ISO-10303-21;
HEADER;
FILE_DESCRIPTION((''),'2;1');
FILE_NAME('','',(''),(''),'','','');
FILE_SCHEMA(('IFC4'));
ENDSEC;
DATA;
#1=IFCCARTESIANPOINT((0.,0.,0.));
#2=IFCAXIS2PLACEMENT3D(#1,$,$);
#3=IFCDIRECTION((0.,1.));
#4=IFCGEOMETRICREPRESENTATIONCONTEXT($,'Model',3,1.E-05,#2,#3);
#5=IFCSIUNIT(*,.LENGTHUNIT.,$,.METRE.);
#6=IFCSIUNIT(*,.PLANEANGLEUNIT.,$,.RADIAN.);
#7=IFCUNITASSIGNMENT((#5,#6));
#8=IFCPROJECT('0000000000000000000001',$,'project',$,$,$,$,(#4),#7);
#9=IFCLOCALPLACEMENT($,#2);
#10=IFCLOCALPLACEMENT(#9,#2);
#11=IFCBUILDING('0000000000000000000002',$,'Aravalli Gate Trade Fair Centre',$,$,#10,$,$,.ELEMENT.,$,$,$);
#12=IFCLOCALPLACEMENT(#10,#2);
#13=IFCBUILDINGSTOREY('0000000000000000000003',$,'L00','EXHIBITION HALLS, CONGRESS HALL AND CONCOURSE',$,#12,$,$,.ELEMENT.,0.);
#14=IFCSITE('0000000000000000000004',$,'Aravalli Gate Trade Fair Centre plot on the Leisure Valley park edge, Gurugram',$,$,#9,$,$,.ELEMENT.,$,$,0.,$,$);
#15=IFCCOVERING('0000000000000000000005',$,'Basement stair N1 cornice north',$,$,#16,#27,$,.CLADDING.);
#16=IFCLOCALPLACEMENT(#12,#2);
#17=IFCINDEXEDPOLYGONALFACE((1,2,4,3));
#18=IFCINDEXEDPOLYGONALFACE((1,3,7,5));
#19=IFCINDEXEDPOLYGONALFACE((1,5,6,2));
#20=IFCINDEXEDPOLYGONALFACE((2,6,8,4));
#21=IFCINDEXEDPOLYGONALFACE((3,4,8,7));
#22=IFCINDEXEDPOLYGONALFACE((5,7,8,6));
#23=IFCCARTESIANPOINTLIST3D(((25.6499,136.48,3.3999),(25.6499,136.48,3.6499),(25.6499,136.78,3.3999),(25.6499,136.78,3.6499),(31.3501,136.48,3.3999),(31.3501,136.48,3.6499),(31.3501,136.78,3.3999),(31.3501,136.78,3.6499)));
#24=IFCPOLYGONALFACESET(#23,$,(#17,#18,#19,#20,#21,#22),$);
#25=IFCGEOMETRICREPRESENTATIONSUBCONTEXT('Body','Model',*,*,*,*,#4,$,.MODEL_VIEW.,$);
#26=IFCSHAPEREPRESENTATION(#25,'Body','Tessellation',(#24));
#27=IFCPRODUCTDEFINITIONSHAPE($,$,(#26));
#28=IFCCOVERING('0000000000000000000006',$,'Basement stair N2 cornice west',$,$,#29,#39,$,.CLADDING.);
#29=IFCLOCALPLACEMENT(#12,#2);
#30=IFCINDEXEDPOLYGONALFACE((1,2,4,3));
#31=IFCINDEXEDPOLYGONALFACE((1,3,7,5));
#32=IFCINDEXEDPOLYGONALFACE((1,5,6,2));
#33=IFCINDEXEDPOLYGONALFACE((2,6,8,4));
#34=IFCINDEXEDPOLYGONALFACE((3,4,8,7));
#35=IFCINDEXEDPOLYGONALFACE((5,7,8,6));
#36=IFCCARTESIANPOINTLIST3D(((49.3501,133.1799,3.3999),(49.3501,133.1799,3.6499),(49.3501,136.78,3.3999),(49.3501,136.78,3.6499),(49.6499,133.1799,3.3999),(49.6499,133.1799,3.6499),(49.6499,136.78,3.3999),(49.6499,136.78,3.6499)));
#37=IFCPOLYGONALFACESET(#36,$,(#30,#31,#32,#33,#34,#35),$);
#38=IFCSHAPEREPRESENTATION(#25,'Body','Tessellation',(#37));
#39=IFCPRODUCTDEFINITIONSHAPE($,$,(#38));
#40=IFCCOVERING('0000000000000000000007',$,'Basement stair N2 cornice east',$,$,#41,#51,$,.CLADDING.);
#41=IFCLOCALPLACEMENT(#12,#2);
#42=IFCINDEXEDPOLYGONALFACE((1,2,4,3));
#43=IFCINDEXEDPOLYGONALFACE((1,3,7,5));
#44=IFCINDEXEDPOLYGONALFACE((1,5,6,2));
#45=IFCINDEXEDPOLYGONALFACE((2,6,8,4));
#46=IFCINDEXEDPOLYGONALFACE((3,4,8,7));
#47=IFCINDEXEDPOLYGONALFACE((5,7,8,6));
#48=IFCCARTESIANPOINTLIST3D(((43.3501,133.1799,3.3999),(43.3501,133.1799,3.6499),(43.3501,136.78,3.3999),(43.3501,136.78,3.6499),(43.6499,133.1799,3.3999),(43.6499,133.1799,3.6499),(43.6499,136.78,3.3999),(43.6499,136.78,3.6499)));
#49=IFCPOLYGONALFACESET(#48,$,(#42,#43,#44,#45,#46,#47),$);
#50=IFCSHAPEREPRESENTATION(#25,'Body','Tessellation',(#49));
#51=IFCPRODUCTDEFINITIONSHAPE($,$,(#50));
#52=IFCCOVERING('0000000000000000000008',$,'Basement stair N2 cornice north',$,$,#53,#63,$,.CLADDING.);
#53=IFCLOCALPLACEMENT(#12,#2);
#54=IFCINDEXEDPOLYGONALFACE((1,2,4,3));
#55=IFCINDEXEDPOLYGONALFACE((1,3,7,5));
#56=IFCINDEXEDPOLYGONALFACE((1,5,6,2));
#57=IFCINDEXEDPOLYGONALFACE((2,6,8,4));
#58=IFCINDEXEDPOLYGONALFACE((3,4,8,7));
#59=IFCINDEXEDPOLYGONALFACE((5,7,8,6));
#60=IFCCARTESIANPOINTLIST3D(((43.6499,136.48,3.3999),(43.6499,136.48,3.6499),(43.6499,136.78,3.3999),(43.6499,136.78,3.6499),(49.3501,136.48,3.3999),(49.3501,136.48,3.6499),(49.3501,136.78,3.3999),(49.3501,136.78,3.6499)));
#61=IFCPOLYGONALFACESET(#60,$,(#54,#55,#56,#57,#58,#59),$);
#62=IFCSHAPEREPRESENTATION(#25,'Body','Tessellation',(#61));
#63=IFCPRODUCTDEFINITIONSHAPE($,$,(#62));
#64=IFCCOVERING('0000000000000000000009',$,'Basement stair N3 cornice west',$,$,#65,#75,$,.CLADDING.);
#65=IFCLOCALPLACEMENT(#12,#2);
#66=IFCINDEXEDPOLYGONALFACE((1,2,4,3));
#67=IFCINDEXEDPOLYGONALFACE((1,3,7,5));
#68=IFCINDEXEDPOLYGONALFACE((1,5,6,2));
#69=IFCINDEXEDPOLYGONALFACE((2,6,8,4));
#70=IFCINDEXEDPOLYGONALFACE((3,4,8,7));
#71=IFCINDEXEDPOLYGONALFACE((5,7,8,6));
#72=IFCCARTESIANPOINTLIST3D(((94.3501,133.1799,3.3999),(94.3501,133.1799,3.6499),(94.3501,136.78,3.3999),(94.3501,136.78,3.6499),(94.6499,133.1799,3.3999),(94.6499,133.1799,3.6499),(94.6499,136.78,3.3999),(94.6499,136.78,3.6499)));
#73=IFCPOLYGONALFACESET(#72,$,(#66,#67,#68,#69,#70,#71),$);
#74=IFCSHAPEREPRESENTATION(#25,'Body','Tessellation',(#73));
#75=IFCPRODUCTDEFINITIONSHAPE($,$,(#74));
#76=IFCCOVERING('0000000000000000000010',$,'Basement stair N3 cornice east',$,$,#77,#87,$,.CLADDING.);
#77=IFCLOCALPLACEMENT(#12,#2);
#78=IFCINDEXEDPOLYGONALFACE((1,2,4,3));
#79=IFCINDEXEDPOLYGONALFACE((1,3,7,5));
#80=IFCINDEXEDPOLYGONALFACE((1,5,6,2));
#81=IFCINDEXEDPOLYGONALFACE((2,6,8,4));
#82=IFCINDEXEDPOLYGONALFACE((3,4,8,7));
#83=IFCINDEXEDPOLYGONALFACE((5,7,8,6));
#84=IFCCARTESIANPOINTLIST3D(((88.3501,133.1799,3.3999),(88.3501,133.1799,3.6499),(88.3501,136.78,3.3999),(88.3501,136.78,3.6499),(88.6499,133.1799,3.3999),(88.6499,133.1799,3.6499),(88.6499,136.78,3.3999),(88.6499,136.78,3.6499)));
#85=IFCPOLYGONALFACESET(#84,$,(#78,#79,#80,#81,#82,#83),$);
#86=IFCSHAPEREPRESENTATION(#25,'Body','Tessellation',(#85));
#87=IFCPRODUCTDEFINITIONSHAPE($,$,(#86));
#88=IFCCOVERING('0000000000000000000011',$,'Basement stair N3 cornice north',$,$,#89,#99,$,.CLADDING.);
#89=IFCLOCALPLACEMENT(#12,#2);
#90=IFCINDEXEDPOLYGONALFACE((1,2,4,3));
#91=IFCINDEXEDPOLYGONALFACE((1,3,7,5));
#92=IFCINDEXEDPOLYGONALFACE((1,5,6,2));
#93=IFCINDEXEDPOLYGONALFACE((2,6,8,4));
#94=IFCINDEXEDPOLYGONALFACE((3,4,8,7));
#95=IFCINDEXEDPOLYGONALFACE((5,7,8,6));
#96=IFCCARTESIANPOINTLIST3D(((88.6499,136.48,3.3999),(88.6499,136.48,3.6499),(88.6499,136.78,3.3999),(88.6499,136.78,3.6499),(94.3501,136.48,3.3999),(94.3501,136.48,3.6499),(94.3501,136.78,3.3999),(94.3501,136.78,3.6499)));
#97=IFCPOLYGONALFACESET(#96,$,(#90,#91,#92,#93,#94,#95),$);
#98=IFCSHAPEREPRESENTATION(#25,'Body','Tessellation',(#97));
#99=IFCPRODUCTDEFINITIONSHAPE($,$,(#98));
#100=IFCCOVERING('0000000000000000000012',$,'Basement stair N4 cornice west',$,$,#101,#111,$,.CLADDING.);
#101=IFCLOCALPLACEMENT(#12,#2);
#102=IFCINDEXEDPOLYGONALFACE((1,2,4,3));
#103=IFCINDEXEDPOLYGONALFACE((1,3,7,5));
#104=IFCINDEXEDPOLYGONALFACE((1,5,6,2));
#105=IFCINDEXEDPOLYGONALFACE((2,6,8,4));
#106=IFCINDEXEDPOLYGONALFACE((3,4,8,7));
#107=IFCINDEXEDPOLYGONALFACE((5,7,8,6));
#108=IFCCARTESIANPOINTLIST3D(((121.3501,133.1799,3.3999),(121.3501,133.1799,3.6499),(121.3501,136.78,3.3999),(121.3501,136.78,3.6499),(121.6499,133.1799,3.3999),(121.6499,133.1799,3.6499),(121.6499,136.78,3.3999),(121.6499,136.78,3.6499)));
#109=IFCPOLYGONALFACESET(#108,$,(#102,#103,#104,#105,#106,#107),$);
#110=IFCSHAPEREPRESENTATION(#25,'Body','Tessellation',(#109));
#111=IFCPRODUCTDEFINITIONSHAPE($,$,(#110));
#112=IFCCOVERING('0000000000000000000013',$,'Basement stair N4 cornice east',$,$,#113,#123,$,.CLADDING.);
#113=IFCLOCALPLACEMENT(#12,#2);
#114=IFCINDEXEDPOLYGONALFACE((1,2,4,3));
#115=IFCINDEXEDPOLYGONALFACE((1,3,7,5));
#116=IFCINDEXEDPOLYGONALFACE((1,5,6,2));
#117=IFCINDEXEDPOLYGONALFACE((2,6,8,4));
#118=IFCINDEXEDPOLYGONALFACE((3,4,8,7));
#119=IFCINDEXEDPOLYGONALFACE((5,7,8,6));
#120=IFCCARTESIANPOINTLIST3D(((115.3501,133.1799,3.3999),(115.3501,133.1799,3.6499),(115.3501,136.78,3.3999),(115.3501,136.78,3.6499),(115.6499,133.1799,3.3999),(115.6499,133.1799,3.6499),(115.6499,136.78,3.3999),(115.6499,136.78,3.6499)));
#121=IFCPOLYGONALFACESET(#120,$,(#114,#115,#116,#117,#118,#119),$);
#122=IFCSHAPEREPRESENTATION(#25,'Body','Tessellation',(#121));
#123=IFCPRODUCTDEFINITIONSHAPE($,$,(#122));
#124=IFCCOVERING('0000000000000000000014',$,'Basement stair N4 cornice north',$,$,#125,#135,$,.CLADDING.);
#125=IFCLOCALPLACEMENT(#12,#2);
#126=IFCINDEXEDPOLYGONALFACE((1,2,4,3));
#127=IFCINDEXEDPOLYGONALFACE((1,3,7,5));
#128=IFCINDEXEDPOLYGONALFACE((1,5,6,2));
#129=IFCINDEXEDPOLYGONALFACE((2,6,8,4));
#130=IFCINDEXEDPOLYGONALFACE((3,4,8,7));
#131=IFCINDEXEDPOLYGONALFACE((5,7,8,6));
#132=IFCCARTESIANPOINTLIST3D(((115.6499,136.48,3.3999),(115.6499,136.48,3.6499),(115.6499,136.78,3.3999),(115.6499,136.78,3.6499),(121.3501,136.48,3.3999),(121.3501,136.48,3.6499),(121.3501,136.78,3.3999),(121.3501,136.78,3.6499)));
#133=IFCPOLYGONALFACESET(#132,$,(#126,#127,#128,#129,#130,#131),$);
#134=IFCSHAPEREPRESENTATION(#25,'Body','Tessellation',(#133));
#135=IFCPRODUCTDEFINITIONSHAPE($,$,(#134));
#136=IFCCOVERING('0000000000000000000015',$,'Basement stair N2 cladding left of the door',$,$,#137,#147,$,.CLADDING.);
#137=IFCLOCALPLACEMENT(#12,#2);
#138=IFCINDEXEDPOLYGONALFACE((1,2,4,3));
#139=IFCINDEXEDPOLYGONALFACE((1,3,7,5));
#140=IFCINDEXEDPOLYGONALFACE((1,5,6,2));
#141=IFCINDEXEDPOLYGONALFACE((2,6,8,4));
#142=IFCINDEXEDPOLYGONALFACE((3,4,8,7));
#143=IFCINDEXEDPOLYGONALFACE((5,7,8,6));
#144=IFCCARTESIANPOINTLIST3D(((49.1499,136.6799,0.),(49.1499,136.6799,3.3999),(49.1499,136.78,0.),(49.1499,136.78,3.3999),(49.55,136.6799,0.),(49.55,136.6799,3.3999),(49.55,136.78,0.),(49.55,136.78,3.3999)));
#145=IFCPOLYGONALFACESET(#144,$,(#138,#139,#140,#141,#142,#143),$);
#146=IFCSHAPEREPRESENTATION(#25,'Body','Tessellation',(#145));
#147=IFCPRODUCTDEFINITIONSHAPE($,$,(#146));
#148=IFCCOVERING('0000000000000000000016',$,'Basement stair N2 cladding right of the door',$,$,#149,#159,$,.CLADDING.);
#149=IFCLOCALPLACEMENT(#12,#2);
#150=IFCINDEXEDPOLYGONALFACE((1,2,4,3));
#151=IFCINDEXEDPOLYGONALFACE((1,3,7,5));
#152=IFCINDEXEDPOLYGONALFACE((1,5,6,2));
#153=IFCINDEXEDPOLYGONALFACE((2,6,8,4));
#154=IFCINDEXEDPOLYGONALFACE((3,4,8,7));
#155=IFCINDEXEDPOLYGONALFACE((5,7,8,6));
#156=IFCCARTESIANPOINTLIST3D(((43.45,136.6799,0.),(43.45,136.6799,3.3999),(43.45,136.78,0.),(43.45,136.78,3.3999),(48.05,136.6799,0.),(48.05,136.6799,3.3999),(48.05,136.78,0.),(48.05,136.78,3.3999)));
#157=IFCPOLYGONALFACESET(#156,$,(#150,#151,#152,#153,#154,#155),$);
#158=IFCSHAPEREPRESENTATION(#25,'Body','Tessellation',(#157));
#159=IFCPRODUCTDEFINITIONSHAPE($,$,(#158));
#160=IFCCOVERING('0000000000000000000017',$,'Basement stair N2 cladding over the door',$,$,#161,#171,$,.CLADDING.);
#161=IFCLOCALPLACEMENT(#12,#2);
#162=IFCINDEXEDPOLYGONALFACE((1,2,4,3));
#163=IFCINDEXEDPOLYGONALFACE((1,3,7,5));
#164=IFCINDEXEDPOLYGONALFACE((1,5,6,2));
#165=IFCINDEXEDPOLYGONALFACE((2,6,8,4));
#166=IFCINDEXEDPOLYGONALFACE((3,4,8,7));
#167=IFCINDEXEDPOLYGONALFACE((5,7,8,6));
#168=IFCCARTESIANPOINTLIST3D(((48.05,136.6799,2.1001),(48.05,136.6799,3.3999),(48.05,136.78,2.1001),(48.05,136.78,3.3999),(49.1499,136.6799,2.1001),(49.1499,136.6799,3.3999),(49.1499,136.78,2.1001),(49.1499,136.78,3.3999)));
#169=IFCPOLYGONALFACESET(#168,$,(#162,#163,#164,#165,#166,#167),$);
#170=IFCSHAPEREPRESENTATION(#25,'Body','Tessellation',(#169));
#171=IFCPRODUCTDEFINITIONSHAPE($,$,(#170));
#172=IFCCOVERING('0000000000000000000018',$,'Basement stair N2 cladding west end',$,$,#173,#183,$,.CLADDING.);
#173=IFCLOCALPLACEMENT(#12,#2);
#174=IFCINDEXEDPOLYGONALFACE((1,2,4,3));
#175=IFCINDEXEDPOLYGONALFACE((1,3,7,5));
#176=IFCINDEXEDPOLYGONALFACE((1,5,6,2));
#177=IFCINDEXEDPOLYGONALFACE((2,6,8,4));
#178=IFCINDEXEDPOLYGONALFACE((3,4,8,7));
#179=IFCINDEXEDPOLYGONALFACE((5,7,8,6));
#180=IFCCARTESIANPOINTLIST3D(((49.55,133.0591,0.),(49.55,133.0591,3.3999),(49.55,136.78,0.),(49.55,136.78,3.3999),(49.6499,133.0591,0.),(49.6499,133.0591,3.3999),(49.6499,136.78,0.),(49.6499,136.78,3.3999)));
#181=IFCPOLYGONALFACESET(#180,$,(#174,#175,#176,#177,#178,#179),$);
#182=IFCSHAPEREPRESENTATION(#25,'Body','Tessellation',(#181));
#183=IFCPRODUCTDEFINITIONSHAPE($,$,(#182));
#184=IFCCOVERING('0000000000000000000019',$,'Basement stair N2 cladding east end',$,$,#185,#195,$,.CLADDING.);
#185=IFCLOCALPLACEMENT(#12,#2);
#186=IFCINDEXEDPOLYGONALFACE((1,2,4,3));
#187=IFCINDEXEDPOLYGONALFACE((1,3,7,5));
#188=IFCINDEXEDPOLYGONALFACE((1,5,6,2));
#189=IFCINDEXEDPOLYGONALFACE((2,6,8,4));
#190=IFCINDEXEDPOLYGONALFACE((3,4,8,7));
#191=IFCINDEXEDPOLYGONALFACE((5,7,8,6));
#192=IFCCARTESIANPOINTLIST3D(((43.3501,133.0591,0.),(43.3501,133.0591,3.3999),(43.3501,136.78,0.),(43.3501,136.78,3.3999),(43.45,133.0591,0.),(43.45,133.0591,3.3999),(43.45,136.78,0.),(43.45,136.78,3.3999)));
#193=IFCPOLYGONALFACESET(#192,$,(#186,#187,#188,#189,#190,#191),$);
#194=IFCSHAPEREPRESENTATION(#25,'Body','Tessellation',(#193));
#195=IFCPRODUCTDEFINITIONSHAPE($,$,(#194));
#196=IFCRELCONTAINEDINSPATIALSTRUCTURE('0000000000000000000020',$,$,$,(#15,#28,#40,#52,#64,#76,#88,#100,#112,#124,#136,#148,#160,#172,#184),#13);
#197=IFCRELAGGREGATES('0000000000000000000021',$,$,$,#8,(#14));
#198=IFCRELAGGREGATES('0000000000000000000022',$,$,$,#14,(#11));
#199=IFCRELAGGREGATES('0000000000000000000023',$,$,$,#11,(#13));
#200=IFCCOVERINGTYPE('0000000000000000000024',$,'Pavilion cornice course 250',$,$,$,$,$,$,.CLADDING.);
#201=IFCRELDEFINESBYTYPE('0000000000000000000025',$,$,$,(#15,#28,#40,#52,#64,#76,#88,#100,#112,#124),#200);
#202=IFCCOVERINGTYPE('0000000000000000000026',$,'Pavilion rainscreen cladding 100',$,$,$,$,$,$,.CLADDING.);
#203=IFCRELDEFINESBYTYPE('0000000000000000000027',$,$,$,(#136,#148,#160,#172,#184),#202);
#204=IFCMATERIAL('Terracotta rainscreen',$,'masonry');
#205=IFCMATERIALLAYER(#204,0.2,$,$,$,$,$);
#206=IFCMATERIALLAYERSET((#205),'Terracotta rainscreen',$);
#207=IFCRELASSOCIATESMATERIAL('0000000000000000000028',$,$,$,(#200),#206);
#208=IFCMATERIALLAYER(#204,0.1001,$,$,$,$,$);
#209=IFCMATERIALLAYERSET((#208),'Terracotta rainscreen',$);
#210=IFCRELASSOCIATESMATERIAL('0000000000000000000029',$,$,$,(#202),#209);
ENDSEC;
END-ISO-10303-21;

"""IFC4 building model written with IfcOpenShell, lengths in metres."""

from ifc_helpers import new_model, si_unit, direction, frame, origin, place, context, subcontext, project, spatial, polyline, outline, extrude, material, layer, layer_set, type_object, element, save


model = new_model("IFC4")

# Units and contexts
model_context = context("Model", 3, precision=1e-05, world=origin(), true_north=direction((0.0, 1.0)))
body_context = subcontext(model_context, "Body", "Model", "MODEL_VIEW")
ifc_project = project(units=[si_unit("LENGTHUNIT", "METRE"), si_unit("PLANEANGLEUNIT", "RADIAN")], contexts=[model_context])

# Site, building, storey
site_placement = place(None, origin())
site = spatial("IfcSite", under=ifc_project, at=site_placement, Name="Aravalli Gate Trade Fair Centre plot on the Leisure Valley park edge, Gurugram", CompositionType="ELEMENT", RefElevation=0.0)
building_placement = place(site_placement, origin())
building = spatial("IfcBuilding", under=site, at=building_placement, Name="Aravalli Gate Trade Fair Centre", CompositionType="ELEMENT")
storey_placement = place(building_placement, origin())
storey = spatial("IfcBuildingStorey", under=building, at=storey_placement, Name="L00", Description="EXHIBITION HALLS, CONGRESS HALL AND CONCOURSE", CompositionType="ELEMENT", Elevation=0.0)

# Coverings
ifc_material_1 = material(Name="Terracotta rainscreen", Category="masonry")
ifc_layer_1 = layer(ifc_material_1, 0.2)
ifc_layer_set_1 = layer_set([ifc_layer_1], Name="Terracotta rainscreen")
covering_type_1 = type_object("IfcCoveringType", Name="Pavilion cornice course 250", PredefinedType="CLADDING", material=ifc_layer_set_1)
covering_1_placement = place(storey_placement, frame((0.0, 0.0, 3.3999)))
element("IfcCovering", 1, at=covering_1_placement, inside=storey, type_object=covering_type_1, Name="Basement stair N1 cornice north", PredefinedType="CLADDING", context=body_context, shape_type="SweptSolid", body=[
    extrude(outline(polyline([(31.3501, 136.48), (25.6499, 136.48), (25.6499, 136.78), (31.3501, 136.78), (31.3501, 136.48)])), origin(), (0.0, 0.0, 1.0), 0.25),
])
covering_2_placement = place(storey_placement, frame((0.0, 0.0, 3.3999)))
element("IfcCovering", 2, at=covering_2_placement, inside=storey, type_object=covering_type_1, Name="Basement stair N2 cornice west", PredefinedType="CLADDING", context=body_context, shape_type="SweptSolid", body=[
    extrude(outline(polyline([(49.6499, 133.1799), (49.3501, 133.1799), (49.3501, 136.78), (49.6499, 136.78), (49.6499, 133.1799)])), origin(), (0.0, 0.0, 1.0), 0.25),
])
covering_3_placement = place(storey_placement, frame((0.0, 0.0, 3.3999)))
element("IfcCovering", 3, at=covering_3_placement, inside=storey, type_object=covering_type_1, Name="Basement stair N2 cornice east", PredefinedType="CLADDING", context=body_context, shape_type="SweptSolid", body=[
    extrude(outline(polyline([(43.6499, 133.1799), (43.3501, 133.1799), (43.3501, 136.78), (43.6499, 136.78), (43.6499, 133.1799)])), origin(), (0.0, 0.0, 1.0), 0.25),
])
covering_4_placement = place(storey_placement, frame((0.0, 0.0, 3.3999)))
element("IfcCovering", 4, at=covering_4_placement, inside=storey, type_object=covering_type_1, Name="Basement stair N2 cornice north", PredefinedType="CLADDING", context=body_context, shape_type="SweptSolid", body=[
    extrude(outline(polyline([(49.3501, 136.48), (43.6499, 136.48), (43.6499, 136.78), (49.3501, 136.78), (49.3501, 136.48)])), origin(), (0.0, 0.0, 1.0), 0.25),
])
covering_5_placement = place(storey_placement, frame((0.0, 0.0, 3.3999)))
element("IfcCovering", 5, at=covering_5_placement, inside=storey, type_object=covering_type_1, Name="Basement stair N3 cornice west", PredefinedType="CLADDING", context=body_context, shape_type="SweptSolid", body=[
    extrude(outline(polyline([(94.6499, 133.1799), (94.3501, 133.1799), (94.3501, 136.78), (94.6499, 136.78), (94.6499, 133.1799)])), origin(), (0.0, 0.0, 1.0), 0.25),
])
covering_6_placement = place(storey_placement, frame((0.0, 0.0, 3.3999)))
element("IfcCovering", 6, at=covering_6_placement, inside=storey, type_object=covering_type_1, Name="Basement stair N3 cornice east", PredefinedType="CLADDING", context=body_context, shape_type="SweptSolid", body=[
    extrude(outline(polyline([(88.6499, 133.1799), (88.3501, 133.1799), (88.3501, 136.78), (88.6499, 136.78), (88.6499, 133.1799)])), origin(), (0.0, 0.0, 1.0), 0.25),
])
covering_7_placement = place(storey_placement, frame((0.0, 0.0, 3.3999)))
element("IfcCovering", 7, at=covering_7_placement, inside=storey, type_object=covering_type_1, Name="Basement stair N3 cornice north", PredefinedType="CLADDING", context=body_context, shape_type="SweptSolid", body=[
    extrude(outline(polyline([(94.3501, 136.48), (88.6499, 136.48), (88.6499, 136.78), (94.3501, 136.78), (94.3501, 136.48)])), origin(), (0.0, 0.0, 1.0), 0.25),
])
covering_8_placement = place(storey_placement, frame((0.0, 0.0, 3.3999)))
element("IfcCovering", 8, at=covering_8_placement, inside=storey, type_object=covering_type_1, Name="Basement stair N4 cornice west", PredefinedType="CLADDING", context=body_context, shape_type="SweptSolid", body=[
    extrude(outline(polyline([(121.6499, 133.1799), (121.3501, 133.1799), (121.3501, 136.78), (121.6499, 136.78), (121.6499, 133.1799)])), origin(), (0.0, 0.0, 1.0), 0.25),
])
covering_9_placement = place(storey_placement, frame((0.0, 0.0, 3.3999)))
element("IfcCovering", 9, at=covering_9_placement, inside=storey, type_object=covering_type_1, Name="Basement stair N4 cornice east", PredefinedType="CLADDING", context=body_context, shape_type="SweptSolid", body=[
    extrude(outline(polyline([(115.6499, 133.1799), (115.3501, 133.1799), (115.3501, 136.78), (115.6499, 136.78), (115.6499, 133.1799)])), origin(), (0.0, 0.0, 1.0), 0.25),
])
covering_10_placement = place(storey_placement, frame((0.0, 0.0, 3.3999)))
element("IfcCovering", 10, at=covering_10_placement, inside=storey, type_object=covering_type_1, Name="Basement stair N4 cornice north", PredefinedType="CLADDING", context=body_context, shape_type="SweptSolid", body=[
    extrude(outline(polyline([(121.3501, 136.48), (115.6499, 136.48), (115.6499, 136.78), (121.3501, 136.78), (121.3501, 136.48)])), origin(), (0.0, 0.0, 1.0), 0.25),
])
ifc_layer_2 = layer(ifc_material_1, 0.1001)
ifc_layer_set_2 = layer_set([ifc_layer_2], Name="Terracotta rainscreen")
covering_type_2 = type_object("IfcCoveringType", Name="Pavilion rainscreen cladding 100", PredefinedType="CLADDING", material=ifc_layer_set_2)
covering_11_placement = place(storey_placement, origin())
element("IfcCovering", 11, at=covering_11_placement, inside=storey, type_object=covering_type_2, Name="Basement stair N2 cladding left of the door", PredefinedType="CLADDING", context=body_context, shape_type="SweptSolid", body=[
    extrude(outline(polyline([(49.55, 136.6799), (49.1499, 136.6799), (49.1499, 136.78), (49.55, 136.78), (49.55, 136.6799)])), origin(), (0.0, 0.0, 1.0), 3.3999),
])
covering_12_placement = place(storey_placement, origin())
element("IfcCovering", 12, at=covering_12_placement, inside=storey, type_object=covering_type_2, Name="Basement stair N2 cladding right of the door", PredefinedType="CLADDING", context=body_context, shape_type="SweptSolid", body=[
    extrude(outline(polyline([(48.05, 136.6799), (43.45, 136.6799), (43.45, 136.78), (48.05, 136.78), (48.05, 136.6799)])), origin(), (0.0, 0.0, 1.0), 3.3999),
])
covering_13_placement = place(storey_placement, frame((0.0, 0.0, 2.1001)))
element("IfcCovering", 13, at=covering_13_placement, inside=storey, type_object=covering_type_2, Name="Basement stair N2 cladding over the door", PredefinedType="CLADDING", context=body_context, shape_type="SweptSolid", body=[
    extrude(outline(polyline([(49.1499, 136.6799), (48.05, 136.6799), (48.05, 136.78), (49.1499, 136.78), (49.1499, 136.6799)])), origin(), (0.0, 0.0, 1.0), 1.2998),
])
covering_14_placement = place(storey_placement, origin())
element("IfcCovering", 14, at=covering_14_placement, inside=storey, type_object=covering_type_2, Name="Basement stair N2 cladding west end", PredefinedType="CLADDING", context=body_context, shape_type="SweptSolid", body=[
    extrude(outline(polyline([(49.6499, 133.0591), (49.55, 133.0591), (49.55, 136.78), (49.6499, 136.78), (49.6499, 133.0591)])), origin(), (0.0, 0.0, 1.0), 3.3999),
])
covering_15_placement = place(storey_placement, origin())
element("IfcCovering", 15, at=covering_15_placement, inside=storey, type_object=covering_type_2, Name="Basement stair N2 cladding east end", PredefinedType="CLADDING", context=body_context, shape_type="SweptSolid", body=[
    extrude(outline(polyline([(43.45, 133.0591), (43.3501, 133.0591), (43.3501, 136.78), (43.45, 136.78), (43.45, 133.0591)])), origin(), (0.0, 0.0, 1.0), 3.3999),
])

save(model, "model.ifc")
